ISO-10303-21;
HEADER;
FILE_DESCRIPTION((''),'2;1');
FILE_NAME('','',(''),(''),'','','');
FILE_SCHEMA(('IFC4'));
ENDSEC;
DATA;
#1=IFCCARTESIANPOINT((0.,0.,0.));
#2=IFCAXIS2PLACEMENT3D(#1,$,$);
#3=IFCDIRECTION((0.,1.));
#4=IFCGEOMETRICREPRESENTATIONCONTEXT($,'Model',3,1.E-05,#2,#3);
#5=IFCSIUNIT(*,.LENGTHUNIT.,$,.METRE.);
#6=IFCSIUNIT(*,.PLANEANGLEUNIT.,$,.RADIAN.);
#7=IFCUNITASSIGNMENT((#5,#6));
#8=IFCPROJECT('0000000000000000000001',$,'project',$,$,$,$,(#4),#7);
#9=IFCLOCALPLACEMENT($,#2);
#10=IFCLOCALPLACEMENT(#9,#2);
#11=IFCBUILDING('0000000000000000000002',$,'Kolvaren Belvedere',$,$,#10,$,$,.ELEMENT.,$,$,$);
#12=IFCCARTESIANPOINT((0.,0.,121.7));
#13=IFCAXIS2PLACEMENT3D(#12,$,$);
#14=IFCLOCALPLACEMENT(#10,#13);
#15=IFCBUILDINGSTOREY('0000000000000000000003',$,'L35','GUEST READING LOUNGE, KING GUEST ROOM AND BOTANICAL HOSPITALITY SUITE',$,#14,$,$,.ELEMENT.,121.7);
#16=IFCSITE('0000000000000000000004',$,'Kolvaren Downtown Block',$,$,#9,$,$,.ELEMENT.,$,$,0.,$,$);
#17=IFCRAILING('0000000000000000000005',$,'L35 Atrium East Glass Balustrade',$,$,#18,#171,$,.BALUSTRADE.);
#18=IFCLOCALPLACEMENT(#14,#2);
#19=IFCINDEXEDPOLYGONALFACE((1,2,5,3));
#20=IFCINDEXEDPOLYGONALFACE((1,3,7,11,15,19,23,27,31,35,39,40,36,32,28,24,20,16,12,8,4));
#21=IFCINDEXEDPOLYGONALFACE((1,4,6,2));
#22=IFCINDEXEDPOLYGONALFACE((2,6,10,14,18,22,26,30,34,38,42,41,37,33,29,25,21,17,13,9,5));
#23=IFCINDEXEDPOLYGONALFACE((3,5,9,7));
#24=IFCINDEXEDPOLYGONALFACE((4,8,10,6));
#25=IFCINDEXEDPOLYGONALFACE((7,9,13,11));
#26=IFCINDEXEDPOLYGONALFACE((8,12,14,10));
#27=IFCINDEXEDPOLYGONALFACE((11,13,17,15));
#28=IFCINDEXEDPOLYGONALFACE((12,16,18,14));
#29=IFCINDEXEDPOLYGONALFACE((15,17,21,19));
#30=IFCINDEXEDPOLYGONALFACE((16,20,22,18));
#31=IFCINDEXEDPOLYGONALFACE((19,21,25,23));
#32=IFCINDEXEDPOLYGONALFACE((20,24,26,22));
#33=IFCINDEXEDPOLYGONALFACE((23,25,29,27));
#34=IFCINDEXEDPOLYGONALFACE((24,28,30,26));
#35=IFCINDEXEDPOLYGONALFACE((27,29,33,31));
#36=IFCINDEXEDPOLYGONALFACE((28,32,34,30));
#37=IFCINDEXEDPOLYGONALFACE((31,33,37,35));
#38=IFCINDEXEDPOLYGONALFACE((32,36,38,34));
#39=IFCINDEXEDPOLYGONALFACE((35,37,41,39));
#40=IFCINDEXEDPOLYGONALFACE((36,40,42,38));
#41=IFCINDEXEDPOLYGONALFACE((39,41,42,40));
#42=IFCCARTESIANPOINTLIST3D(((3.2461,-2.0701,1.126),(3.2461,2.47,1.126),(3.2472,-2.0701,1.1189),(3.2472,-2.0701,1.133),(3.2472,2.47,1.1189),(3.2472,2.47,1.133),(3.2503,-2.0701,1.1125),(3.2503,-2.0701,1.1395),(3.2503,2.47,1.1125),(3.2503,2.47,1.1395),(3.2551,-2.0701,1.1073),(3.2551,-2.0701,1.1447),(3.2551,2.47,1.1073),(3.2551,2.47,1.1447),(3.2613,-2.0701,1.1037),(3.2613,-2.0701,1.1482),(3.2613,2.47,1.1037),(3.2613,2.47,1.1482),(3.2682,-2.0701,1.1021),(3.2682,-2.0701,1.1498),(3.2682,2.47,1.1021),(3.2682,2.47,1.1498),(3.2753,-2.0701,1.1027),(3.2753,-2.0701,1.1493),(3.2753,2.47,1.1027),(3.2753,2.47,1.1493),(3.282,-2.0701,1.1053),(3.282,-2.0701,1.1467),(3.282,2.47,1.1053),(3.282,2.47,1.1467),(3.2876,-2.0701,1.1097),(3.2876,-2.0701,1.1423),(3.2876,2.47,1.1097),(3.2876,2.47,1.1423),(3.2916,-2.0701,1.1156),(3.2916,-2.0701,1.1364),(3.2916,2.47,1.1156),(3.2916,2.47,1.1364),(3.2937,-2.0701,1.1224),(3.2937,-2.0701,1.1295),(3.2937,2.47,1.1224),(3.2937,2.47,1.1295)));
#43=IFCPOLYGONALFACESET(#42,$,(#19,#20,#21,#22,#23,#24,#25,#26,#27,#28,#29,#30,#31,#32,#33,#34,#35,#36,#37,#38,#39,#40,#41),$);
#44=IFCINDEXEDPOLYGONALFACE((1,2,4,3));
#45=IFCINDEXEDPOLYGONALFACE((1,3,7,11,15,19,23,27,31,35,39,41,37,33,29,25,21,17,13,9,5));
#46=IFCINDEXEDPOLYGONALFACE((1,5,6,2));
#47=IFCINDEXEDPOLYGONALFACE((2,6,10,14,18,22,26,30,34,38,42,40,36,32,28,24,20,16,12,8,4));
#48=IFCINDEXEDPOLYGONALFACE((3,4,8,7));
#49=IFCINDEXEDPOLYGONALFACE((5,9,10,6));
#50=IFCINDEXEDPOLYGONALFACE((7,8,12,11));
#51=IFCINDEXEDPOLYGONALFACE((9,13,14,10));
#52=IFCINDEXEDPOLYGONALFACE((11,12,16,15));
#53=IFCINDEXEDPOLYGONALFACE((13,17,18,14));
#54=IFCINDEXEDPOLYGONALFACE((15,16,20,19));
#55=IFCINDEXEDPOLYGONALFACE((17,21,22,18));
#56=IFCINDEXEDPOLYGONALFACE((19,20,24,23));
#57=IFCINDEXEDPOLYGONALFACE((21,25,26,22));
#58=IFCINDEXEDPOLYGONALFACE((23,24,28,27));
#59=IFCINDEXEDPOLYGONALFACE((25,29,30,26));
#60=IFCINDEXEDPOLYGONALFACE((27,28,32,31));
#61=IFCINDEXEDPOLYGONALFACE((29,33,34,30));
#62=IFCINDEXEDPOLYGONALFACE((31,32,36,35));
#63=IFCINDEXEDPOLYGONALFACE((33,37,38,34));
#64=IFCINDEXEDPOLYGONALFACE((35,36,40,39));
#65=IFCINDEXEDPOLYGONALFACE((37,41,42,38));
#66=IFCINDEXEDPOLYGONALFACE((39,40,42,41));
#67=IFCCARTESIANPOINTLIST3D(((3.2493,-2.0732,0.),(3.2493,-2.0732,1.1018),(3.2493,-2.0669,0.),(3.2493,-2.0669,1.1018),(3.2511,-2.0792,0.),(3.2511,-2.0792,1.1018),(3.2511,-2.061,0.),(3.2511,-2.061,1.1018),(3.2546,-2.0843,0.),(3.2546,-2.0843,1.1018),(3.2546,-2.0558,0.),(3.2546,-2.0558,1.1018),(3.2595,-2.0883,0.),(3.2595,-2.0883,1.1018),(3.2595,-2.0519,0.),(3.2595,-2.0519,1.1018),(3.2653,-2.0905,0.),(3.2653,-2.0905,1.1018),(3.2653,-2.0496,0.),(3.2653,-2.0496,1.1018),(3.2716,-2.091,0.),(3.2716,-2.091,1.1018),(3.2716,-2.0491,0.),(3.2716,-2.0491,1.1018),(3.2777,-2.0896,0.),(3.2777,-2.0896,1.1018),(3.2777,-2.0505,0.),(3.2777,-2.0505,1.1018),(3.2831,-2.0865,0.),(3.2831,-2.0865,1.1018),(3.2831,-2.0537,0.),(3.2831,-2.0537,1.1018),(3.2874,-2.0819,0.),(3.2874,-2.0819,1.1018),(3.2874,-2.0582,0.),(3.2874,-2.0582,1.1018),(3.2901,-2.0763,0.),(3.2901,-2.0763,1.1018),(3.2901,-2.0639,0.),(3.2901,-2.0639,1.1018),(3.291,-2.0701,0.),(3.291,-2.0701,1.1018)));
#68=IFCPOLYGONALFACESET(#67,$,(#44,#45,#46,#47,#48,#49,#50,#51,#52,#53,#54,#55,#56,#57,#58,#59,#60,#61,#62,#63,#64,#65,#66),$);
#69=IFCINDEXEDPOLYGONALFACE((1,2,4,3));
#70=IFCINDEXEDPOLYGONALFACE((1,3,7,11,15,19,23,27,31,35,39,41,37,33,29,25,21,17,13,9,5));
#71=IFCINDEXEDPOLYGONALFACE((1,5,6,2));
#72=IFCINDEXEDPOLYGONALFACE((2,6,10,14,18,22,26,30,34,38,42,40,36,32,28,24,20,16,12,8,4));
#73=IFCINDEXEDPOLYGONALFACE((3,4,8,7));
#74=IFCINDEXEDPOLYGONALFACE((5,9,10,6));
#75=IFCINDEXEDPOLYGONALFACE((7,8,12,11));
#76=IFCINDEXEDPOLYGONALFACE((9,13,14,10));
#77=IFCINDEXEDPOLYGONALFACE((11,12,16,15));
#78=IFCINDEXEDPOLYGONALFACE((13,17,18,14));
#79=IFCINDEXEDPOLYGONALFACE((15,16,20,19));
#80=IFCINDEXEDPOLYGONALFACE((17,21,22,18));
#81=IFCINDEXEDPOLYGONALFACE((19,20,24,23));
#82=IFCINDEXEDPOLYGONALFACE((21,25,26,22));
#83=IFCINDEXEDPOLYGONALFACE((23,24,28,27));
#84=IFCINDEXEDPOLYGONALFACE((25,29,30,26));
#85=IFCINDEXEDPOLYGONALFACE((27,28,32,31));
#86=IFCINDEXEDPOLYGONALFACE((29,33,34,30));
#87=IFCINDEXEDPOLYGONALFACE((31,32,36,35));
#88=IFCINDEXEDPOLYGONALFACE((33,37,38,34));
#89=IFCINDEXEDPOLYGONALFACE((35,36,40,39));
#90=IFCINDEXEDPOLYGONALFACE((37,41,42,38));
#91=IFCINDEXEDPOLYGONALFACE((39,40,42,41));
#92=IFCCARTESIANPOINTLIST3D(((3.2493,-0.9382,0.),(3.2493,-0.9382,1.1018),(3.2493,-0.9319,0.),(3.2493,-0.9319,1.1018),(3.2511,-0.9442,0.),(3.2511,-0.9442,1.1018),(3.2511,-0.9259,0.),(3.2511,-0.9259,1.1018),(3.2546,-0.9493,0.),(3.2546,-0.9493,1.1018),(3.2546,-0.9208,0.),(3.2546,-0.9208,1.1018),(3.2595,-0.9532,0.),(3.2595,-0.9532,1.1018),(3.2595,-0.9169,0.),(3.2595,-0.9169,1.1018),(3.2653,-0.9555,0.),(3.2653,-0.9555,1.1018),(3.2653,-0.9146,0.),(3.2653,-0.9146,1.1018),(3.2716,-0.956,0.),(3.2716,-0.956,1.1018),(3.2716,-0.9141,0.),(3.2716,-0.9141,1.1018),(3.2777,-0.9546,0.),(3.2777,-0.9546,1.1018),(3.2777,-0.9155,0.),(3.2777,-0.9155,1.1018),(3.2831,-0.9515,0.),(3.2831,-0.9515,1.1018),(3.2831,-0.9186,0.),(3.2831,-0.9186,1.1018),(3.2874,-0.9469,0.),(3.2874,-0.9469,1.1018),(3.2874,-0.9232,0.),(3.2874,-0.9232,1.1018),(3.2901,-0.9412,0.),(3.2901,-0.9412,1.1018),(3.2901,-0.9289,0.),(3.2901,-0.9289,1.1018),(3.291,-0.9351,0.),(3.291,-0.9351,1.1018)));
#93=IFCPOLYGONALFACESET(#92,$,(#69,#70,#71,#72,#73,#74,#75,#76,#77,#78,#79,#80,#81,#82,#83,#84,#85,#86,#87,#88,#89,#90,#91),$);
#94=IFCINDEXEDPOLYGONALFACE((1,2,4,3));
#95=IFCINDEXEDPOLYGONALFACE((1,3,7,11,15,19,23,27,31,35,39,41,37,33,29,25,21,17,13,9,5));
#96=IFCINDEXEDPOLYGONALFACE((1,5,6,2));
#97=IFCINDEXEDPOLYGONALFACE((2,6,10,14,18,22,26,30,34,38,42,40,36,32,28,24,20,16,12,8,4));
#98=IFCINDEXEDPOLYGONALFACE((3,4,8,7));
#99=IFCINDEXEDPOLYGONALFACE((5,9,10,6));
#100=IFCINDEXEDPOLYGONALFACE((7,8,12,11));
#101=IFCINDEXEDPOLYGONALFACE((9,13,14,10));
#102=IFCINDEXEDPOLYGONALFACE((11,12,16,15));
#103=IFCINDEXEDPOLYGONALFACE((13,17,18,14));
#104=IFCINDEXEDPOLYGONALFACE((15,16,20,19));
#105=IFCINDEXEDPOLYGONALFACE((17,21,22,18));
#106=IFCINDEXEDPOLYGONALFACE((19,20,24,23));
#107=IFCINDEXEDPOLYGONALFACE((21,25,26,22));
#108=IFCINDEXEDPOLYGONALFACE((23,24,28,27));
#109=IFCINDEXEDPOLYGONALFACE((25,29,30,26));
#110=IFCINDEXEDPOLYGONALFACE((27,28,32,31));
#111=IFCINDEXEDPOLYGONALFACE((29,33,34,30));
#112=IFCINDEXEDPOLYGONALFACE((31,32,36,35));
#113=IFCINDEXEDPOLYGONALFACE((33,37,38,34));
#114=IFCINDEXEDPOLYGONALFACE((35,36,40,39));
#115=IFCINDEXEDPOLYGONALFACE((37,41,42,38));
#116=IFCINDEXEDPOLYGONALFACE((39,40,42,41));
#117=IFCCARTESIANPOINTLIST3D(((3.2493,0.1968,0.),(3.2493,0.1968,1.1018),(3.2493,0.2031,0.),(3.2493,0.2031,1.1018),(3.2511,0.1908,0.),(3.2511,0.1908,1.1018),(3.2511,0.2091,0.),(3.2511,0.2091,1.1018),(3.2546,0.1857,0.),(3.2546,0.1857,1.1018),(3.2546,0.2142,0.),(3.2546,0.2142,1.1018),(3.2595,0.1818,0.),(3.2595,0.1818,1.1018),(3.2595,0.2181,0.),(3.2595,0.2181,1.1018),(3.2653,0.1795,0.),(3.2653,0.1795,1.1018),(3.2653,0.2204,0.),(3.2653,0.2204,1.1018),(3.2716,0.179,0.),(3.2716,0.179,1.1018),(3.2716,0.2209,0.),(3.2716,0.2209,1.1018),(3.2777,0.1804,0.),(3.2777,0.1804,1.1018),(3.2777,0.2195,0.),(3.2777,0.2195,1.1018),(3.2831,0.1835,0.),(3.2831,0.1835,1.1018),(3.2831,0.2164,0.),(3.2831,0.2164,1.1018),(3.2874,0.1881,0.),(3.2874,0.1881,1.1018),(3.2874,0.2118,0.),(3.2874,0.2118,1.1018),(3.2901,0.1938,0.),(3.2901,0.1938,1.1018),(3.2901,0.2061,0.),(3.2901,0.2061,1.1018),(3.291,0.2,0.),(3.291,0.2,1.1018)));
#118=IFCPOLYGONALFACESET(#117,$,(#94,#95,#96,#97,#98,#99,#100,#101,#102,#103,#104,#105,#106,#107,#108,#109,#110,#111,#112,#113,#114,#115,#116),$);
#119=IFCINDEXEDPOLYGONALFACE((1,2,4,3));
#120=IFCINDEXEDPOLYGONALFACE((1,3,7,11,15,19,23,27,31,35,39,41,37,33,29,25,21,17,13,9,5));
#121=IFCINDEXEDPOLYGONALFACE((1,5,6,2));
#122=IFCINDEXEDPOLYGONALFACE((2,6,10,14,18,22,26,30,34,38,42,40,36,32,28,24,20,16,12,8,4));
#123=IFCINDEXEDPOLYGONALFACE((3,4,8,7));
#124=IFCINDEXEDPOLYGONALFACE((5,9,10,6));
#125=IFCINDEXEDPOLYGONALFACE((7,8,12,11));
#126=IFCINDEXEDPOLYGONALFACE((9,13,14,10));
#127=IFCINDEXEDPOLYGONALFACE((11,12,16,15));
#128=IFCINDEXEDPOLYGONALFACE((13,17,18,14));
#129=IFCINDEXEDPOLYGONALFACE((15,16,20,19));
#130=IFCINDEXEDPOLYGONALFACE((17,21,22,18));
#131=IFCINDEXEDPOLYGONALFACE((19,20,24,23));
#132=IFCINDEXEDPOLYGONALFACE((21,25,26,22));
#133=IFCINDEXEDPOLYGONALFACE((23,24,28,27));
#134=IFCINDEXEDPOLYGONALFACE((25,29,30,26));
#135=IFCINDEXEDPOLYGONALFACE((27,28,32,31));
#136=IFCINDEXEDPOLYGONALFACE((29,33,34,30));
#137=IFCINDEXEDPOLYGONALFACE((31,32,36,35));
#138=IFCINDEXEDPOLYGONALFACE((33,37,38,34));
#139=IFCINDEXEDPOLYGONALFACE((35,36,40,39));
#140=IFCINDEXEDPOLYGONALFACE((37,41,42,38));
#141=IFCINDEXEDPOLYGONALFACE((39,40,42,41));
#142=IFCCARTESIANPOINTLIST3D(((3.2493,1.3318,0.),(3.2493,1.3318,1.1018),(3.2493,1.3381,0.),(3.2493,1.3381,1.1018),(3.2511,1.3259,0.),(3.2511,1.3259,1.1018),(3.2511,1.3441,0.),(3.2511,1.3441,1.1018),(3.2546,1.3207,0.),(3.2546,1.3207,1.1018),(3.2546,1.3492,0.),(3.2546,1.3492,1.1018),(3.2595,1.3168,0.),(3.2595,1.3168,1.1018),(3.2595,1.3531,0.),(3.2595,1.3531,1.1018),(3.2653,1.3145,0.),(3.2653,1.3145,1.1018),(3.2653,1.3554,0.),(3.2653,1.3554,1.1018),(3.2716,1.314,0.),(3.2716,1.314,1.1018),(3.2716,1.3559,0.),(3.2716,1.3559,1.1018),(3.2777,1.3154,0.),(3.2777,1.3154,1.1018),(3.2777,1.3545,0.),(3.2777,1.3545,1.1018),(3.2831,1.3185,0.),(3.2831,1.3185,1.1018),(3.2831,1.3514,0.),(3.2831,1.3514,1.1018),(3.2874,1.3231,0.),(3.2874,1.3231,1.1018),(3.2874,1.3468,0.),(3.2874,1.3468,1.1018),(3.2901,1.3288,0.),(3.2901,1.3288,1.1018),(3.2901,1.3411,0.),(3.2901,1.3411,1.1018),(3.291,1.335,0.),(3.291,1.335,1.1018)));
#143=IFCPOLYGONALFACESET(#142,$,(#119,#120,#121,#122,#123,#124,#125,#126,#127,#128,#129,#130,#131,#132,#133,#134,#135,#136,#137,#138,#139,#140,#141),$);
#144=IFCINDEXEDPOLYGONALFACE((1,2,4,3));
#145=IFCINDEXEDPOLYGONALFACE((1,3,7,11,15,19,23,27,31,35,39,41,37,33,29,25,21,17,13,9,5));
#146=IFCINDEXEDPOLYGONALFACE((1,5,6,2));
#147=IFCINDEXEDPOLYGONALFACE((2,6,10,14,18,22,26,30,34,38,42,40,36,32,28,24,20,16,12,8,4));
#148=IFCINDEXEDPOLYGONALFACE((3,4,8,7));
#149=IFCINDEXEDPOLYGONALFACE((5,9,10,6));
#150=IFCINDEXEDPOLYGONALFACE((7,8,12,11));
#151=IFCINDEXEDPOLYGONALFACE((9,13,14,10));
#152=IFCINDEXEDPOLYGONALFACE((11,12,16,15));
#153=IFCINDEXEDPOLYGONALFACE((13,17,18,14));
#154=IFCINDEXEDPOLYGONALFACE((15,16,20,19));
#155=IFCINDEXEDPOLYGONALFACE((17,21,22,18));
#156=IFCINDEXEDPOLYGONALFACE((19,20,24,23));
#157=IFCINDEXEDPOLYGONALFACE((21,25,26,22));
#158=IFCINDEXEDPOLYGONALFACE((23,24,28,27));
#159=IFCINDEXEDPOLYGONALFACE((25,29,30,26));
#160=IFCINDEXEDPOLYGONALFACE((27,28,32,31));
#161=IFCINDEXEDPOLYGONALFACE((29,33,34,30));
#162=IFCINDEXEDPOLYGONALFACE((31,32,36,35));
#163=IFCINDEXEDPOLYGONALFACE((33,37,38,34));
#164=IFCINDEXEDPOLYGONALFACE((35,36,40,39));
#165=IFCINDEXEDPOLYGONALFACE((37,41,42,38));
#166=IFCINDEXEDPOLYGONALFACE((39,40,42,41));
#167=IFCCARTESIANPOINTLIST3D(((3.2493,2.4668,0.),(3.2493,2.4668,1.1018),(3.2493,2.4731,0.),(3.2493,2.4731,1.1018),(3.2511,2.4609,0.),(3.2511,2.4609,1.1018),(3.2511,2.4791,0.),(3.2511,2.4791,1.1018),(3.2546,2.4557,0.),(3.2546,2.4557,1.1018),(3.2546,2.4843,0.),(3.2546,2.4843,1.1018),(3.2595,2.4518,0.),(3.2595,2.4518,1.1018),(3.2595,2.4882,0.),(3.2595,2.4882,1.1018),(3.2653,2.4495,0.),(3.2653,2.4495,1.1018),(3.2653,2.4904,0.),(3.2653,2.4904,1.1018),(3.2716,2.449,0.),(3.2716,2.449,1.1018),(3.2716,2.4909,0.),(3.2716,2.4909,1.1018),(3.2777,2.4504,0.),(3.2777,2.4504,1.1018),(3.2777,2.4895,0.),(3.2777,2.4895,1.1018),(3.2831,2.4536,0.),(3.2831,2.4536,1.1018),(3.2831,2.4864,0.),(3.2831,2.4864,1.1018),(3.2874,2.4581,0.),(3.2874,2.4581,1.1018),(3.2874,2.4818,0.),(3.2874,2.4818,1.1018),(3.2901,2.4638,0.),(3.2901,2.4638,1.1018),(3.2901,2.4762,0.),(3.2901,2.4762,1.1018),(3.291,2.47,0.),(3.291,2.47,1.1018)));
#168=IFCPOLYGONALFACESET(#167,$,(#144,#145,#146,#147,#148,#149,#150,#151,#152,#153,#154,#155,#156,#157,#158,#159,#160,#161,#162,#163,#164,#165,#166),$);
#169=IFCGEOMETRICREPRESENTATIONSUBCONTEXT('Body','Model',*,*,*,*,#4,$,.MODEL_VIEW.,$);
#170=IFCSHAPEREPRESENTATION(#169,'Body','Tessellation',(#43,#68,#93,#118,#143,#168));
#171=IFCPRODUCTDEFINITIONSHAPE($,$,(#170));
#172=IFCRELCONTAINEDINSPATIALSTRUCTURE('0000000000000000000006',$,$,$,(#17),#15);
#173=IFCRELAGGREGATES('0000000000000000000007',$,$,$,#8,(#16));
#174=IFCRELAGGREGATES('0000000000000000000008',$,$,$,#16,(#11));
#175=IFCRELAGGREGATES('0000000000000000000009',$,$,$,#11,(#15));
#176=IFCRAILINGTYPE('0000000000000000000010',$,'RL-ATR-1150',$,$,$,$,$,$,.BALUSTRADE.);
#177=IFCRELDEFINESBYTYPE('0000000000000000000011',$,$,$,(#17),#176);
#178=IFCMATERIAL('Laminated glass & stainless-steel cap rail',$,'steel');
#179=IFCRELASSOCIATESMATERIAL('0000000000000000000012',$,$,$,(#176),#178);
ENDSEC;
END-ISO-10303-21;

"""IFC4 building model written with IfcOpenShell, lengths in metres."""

from ifc_helpers import new_model, si_unit, direction, frame, origin, origin_2d, place, context, subcontext, project, spatial, circle, extrude, material, type_object, element, save


model = new_model("IFC4")

# Units and contexts
model_context = context("Model", 3, precision=1e-05, world=origin(), true_north=direction((0.0, 1.0)))
body_context = subcontext(model_context, "Body", "Model", "MODEL_VIEW")
ifc_project = project(units=[si_unit("LENGTHUNIT", "METRE"), si_unit("PLANEANGLEUNIT", "RADIAN")], contexts=[model_context])

# Site, building, storey
site_placement = place(None, origin())
site = spatial("IfcSite", under=ifc_project, at=site_placement, Name="Kolvaren Downtown Block", CompositionType="ELEMENT", RefElevation=0.0)
building_placement = place(site_placement, origin())
building = spatial("IfcBuilding", under=site, at=building_placement, Name="Kolvaren Belvedere", CompositionType="ELEMENT")
storey_placement = place(building_placement, frame((0.0, 0.0, 121.7)))
storey = spatial("IfcBuildingStorey", under=building, at=storey_placement, Name="L35", Description="GUEST READING LOUNGE, KING GUEST ROOM AND BOTANICAL HOSPITALITY SUITE", CompositionType="ELEMENT", Elevation=121.7)

# Railing
ifc_material_1 = material(Name="Laminated glass & stainless-steel cap rail", Category="steel")
railing_type_1 = type_object("IfcRailingType", Name="RL-ATR-1150", PredefinedType="BALUSTRADE", material=ifc_material_1)
railing_1_placement = place(storey_placement, frame((3.27, -2.0701, 0.0)))
element("IfcRailing", 1, at=railing_1_placement, inside=storey, type_object=railing_type_1, Name="L35 Atrium East Glass Balustrade", PredefinedType="BALUSTRADE", context=body_context, shape_type="SweptSolid", body=[
    extrude(circle(Radius=0.0239, at=origin_2d()), frame((0.0, 0.0, 1.126), z_axis=(0.0, 1.0, 0.0), x_axis=(-1.0, 0.0, 0.0)), (0.0, 0.0, 1.0), 4.54),
    extrude(circle(Radius=0.021, at=origin_2d()), origin(), (0.0, 0.0, 1.0), 1.1018),
    extrude(circle(Radius=0.021, at=origin_2d()), frame((0.0, 1.135, 0.0)), (0.0, 0.0, 1.0), 1.1018),
    extrude(circle(Radius=0.021, at=origin_2d()), frame((0.0, 2.27, 0.0)), (0.0, 0.0, 1.0), 1.1018),
    extrude(circle(Radius=0.021, at=origin_2d()), frame((0.0, 3.405, 0.0)), (0.0, 0.0, 1.0), 1.1018),
    extrude(circle(Radius=0.021, at=origin_2d()), frame((0.0, 4.54, 0.0)), (0.0, 0.0, 1.0), 1.1018),
])

save(model, "model.ifc")
